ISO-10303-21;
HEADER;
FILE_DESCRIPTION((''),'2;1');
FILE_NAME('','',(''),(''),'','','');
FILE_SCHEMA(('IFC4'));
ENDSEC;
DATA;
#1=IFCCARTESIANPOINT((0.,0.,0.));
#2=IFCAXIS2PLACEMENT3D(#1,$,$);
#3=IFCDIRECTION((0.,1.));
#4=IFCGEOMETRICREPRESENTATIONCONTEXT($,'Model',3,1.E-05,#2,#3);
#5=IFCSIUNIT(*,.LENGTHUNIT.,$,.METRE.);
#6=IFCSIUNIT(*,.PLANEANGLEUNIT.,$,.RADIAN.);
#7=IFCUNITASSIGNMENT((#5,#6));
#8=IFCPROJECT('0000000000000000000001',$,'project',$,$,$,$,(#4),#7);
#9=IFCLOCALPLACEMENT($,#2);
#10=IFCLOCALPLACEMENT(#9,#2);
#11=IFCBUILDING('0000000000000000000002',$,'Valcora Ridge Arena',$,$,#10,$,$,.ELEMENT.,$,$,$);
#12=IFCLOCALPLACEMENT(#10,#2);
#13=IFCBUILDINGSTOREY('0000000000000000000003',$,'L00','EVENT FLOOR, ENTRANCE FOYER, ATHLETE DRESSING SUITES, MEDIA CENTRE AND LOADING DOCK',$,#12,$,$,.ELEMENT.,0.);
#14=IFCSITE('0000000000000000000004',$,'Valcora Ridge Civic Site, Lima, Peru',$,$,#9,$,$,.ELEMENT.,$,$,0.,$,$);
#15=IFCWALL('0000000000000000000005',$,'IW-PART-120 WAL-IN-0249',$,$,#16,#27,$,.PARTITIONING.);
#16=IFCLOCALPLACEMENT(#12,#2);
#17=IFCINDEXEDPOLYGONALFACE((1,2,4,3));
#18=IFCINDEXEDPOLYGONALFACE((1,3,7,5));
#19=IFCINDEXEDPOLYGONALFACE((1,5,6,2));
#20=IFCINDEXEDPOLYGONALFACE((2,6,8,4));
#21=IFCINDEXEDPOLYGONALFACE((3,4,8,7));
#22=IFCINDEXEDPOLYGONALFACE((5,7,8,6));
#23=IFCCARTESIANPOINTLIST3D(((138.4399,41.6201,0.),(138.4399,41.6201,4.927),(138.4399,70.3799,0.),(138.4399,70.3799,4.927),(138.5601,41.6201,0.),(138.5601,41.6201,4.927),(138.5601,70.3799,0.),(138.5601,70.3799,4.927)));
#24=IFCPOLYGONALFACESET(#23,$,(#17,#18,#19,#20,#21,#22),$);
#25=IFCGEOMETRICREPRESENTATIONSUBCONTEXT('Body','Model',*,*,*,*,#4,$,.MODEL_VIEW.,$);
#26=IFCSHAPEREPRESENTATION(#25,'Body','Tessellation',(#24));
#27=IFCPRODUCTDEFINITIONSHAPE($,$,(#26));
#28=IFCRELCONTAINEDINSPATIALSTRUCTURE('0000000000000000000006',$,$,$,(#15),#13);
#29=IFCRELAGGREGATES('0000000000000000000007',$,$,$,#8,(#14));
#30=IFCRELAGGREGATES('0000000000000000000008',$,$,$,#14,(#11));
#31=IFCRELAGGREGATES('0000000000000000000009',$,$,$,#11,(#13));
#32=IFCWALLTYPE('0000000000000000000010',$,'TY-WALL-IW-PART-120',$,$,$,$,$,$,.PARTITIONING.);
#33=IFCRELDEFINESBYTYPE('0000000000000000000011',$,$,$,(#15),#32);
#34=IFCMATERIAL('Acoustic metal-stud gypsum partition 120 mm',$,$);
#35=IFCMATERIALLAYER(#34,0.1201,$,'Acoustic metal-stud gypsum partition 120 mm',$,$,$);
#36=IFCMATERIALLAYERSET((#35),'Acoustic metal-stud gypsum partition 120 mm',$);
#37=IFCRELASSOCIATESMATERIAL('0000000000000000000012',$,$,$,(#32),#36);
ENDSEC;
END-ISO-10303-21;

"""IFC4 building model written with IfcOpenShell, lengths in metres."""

from ifc_helpers import new_model, si_unit, direction, frame, frame_2d, origin, place, context, subcontext, project, spatial, rectangle, extrude, material, layer, layer_set, type_object, element, save


model = new_model("IFC4")

# Units and contexts
model_context = context("Model", 3, precision=1e-05, world=origin(), true_north=direction((0.0, 1.0)))
body_context = subcontext(model_context, "Body", "Model", "MODEL_VIEW")
ifc_project = project(units=[si_unit("LENGTHUNIT", "METRE"), si_unit("PLANEANGLEUNIT", "RADIAN")], contexts=[model_context])

# Site, building, storey
site_placement = place(None, origin())
site = spatial("IfcSite", under=ifc_project, at=site_placement, Name="Valcora Ridge Civic Site, Lima, Peru", CompositionType="ELEMENT", RefElevation=0.0)
building_placement = place(site_placement, origin())
building = spatial("IfcBuilding", under=site, at=building_placement, Name="Valcora Ridge Arena", CompositionType="ELEMENT")
storey_placement = place(building_placement, origin())
storey = spatial("IfcBuildingStorey", under=building, at=storey_placement, Name="L00", Description="EVENT FLOOR, ENTRANCE FOYER, ATHLETE DRESSING SUITES, MEDIA CENTRE AND LOADING DOCK", CompositionType="ELEMENT", Elevation=0.0)

# Wall
ifc_material_1 = material(Name="Acoustic metal-stud gypsum partition 120 mm")
ifc_layer_1 = layer(ifc_material_1, 0.1201, Name="Acoustic metal-stud gypsum partition 120 mm")
ifc_layer_set_1 = layer_set([ifc_layer_1], Name="Acoustic metal-stud gypsum partition 120 mm")
wall_type = type_object("IfcWallType", Name="TY-WALL-IW-PART-120", PredefinedType="PARTITIONING", material=ifc_layer_set_1)
wall_placement = place(storey_placement, frame((138.5, 41.6201, 0.0), z_axis=(0.0, 0.0, 1.0), x_axis=(0.0, 1.0, 0.0)))
element("IfcWall", 1, at=wall_placement, inside=storey, type_object=wall_type, Name="IW-PART-120 WAL-IN-0249", PredefinedType="PARTITIONING", context=body_context, shape_type="SweptSolid", body=[
    extrude(rectangle(XDim=28.7598, YDim=0.1201, at=frame_2d((14.3799, 0.0))), origin(), (0.0, 0.0, 1.0), 4.927),
])

save(model, "model.ifc")
